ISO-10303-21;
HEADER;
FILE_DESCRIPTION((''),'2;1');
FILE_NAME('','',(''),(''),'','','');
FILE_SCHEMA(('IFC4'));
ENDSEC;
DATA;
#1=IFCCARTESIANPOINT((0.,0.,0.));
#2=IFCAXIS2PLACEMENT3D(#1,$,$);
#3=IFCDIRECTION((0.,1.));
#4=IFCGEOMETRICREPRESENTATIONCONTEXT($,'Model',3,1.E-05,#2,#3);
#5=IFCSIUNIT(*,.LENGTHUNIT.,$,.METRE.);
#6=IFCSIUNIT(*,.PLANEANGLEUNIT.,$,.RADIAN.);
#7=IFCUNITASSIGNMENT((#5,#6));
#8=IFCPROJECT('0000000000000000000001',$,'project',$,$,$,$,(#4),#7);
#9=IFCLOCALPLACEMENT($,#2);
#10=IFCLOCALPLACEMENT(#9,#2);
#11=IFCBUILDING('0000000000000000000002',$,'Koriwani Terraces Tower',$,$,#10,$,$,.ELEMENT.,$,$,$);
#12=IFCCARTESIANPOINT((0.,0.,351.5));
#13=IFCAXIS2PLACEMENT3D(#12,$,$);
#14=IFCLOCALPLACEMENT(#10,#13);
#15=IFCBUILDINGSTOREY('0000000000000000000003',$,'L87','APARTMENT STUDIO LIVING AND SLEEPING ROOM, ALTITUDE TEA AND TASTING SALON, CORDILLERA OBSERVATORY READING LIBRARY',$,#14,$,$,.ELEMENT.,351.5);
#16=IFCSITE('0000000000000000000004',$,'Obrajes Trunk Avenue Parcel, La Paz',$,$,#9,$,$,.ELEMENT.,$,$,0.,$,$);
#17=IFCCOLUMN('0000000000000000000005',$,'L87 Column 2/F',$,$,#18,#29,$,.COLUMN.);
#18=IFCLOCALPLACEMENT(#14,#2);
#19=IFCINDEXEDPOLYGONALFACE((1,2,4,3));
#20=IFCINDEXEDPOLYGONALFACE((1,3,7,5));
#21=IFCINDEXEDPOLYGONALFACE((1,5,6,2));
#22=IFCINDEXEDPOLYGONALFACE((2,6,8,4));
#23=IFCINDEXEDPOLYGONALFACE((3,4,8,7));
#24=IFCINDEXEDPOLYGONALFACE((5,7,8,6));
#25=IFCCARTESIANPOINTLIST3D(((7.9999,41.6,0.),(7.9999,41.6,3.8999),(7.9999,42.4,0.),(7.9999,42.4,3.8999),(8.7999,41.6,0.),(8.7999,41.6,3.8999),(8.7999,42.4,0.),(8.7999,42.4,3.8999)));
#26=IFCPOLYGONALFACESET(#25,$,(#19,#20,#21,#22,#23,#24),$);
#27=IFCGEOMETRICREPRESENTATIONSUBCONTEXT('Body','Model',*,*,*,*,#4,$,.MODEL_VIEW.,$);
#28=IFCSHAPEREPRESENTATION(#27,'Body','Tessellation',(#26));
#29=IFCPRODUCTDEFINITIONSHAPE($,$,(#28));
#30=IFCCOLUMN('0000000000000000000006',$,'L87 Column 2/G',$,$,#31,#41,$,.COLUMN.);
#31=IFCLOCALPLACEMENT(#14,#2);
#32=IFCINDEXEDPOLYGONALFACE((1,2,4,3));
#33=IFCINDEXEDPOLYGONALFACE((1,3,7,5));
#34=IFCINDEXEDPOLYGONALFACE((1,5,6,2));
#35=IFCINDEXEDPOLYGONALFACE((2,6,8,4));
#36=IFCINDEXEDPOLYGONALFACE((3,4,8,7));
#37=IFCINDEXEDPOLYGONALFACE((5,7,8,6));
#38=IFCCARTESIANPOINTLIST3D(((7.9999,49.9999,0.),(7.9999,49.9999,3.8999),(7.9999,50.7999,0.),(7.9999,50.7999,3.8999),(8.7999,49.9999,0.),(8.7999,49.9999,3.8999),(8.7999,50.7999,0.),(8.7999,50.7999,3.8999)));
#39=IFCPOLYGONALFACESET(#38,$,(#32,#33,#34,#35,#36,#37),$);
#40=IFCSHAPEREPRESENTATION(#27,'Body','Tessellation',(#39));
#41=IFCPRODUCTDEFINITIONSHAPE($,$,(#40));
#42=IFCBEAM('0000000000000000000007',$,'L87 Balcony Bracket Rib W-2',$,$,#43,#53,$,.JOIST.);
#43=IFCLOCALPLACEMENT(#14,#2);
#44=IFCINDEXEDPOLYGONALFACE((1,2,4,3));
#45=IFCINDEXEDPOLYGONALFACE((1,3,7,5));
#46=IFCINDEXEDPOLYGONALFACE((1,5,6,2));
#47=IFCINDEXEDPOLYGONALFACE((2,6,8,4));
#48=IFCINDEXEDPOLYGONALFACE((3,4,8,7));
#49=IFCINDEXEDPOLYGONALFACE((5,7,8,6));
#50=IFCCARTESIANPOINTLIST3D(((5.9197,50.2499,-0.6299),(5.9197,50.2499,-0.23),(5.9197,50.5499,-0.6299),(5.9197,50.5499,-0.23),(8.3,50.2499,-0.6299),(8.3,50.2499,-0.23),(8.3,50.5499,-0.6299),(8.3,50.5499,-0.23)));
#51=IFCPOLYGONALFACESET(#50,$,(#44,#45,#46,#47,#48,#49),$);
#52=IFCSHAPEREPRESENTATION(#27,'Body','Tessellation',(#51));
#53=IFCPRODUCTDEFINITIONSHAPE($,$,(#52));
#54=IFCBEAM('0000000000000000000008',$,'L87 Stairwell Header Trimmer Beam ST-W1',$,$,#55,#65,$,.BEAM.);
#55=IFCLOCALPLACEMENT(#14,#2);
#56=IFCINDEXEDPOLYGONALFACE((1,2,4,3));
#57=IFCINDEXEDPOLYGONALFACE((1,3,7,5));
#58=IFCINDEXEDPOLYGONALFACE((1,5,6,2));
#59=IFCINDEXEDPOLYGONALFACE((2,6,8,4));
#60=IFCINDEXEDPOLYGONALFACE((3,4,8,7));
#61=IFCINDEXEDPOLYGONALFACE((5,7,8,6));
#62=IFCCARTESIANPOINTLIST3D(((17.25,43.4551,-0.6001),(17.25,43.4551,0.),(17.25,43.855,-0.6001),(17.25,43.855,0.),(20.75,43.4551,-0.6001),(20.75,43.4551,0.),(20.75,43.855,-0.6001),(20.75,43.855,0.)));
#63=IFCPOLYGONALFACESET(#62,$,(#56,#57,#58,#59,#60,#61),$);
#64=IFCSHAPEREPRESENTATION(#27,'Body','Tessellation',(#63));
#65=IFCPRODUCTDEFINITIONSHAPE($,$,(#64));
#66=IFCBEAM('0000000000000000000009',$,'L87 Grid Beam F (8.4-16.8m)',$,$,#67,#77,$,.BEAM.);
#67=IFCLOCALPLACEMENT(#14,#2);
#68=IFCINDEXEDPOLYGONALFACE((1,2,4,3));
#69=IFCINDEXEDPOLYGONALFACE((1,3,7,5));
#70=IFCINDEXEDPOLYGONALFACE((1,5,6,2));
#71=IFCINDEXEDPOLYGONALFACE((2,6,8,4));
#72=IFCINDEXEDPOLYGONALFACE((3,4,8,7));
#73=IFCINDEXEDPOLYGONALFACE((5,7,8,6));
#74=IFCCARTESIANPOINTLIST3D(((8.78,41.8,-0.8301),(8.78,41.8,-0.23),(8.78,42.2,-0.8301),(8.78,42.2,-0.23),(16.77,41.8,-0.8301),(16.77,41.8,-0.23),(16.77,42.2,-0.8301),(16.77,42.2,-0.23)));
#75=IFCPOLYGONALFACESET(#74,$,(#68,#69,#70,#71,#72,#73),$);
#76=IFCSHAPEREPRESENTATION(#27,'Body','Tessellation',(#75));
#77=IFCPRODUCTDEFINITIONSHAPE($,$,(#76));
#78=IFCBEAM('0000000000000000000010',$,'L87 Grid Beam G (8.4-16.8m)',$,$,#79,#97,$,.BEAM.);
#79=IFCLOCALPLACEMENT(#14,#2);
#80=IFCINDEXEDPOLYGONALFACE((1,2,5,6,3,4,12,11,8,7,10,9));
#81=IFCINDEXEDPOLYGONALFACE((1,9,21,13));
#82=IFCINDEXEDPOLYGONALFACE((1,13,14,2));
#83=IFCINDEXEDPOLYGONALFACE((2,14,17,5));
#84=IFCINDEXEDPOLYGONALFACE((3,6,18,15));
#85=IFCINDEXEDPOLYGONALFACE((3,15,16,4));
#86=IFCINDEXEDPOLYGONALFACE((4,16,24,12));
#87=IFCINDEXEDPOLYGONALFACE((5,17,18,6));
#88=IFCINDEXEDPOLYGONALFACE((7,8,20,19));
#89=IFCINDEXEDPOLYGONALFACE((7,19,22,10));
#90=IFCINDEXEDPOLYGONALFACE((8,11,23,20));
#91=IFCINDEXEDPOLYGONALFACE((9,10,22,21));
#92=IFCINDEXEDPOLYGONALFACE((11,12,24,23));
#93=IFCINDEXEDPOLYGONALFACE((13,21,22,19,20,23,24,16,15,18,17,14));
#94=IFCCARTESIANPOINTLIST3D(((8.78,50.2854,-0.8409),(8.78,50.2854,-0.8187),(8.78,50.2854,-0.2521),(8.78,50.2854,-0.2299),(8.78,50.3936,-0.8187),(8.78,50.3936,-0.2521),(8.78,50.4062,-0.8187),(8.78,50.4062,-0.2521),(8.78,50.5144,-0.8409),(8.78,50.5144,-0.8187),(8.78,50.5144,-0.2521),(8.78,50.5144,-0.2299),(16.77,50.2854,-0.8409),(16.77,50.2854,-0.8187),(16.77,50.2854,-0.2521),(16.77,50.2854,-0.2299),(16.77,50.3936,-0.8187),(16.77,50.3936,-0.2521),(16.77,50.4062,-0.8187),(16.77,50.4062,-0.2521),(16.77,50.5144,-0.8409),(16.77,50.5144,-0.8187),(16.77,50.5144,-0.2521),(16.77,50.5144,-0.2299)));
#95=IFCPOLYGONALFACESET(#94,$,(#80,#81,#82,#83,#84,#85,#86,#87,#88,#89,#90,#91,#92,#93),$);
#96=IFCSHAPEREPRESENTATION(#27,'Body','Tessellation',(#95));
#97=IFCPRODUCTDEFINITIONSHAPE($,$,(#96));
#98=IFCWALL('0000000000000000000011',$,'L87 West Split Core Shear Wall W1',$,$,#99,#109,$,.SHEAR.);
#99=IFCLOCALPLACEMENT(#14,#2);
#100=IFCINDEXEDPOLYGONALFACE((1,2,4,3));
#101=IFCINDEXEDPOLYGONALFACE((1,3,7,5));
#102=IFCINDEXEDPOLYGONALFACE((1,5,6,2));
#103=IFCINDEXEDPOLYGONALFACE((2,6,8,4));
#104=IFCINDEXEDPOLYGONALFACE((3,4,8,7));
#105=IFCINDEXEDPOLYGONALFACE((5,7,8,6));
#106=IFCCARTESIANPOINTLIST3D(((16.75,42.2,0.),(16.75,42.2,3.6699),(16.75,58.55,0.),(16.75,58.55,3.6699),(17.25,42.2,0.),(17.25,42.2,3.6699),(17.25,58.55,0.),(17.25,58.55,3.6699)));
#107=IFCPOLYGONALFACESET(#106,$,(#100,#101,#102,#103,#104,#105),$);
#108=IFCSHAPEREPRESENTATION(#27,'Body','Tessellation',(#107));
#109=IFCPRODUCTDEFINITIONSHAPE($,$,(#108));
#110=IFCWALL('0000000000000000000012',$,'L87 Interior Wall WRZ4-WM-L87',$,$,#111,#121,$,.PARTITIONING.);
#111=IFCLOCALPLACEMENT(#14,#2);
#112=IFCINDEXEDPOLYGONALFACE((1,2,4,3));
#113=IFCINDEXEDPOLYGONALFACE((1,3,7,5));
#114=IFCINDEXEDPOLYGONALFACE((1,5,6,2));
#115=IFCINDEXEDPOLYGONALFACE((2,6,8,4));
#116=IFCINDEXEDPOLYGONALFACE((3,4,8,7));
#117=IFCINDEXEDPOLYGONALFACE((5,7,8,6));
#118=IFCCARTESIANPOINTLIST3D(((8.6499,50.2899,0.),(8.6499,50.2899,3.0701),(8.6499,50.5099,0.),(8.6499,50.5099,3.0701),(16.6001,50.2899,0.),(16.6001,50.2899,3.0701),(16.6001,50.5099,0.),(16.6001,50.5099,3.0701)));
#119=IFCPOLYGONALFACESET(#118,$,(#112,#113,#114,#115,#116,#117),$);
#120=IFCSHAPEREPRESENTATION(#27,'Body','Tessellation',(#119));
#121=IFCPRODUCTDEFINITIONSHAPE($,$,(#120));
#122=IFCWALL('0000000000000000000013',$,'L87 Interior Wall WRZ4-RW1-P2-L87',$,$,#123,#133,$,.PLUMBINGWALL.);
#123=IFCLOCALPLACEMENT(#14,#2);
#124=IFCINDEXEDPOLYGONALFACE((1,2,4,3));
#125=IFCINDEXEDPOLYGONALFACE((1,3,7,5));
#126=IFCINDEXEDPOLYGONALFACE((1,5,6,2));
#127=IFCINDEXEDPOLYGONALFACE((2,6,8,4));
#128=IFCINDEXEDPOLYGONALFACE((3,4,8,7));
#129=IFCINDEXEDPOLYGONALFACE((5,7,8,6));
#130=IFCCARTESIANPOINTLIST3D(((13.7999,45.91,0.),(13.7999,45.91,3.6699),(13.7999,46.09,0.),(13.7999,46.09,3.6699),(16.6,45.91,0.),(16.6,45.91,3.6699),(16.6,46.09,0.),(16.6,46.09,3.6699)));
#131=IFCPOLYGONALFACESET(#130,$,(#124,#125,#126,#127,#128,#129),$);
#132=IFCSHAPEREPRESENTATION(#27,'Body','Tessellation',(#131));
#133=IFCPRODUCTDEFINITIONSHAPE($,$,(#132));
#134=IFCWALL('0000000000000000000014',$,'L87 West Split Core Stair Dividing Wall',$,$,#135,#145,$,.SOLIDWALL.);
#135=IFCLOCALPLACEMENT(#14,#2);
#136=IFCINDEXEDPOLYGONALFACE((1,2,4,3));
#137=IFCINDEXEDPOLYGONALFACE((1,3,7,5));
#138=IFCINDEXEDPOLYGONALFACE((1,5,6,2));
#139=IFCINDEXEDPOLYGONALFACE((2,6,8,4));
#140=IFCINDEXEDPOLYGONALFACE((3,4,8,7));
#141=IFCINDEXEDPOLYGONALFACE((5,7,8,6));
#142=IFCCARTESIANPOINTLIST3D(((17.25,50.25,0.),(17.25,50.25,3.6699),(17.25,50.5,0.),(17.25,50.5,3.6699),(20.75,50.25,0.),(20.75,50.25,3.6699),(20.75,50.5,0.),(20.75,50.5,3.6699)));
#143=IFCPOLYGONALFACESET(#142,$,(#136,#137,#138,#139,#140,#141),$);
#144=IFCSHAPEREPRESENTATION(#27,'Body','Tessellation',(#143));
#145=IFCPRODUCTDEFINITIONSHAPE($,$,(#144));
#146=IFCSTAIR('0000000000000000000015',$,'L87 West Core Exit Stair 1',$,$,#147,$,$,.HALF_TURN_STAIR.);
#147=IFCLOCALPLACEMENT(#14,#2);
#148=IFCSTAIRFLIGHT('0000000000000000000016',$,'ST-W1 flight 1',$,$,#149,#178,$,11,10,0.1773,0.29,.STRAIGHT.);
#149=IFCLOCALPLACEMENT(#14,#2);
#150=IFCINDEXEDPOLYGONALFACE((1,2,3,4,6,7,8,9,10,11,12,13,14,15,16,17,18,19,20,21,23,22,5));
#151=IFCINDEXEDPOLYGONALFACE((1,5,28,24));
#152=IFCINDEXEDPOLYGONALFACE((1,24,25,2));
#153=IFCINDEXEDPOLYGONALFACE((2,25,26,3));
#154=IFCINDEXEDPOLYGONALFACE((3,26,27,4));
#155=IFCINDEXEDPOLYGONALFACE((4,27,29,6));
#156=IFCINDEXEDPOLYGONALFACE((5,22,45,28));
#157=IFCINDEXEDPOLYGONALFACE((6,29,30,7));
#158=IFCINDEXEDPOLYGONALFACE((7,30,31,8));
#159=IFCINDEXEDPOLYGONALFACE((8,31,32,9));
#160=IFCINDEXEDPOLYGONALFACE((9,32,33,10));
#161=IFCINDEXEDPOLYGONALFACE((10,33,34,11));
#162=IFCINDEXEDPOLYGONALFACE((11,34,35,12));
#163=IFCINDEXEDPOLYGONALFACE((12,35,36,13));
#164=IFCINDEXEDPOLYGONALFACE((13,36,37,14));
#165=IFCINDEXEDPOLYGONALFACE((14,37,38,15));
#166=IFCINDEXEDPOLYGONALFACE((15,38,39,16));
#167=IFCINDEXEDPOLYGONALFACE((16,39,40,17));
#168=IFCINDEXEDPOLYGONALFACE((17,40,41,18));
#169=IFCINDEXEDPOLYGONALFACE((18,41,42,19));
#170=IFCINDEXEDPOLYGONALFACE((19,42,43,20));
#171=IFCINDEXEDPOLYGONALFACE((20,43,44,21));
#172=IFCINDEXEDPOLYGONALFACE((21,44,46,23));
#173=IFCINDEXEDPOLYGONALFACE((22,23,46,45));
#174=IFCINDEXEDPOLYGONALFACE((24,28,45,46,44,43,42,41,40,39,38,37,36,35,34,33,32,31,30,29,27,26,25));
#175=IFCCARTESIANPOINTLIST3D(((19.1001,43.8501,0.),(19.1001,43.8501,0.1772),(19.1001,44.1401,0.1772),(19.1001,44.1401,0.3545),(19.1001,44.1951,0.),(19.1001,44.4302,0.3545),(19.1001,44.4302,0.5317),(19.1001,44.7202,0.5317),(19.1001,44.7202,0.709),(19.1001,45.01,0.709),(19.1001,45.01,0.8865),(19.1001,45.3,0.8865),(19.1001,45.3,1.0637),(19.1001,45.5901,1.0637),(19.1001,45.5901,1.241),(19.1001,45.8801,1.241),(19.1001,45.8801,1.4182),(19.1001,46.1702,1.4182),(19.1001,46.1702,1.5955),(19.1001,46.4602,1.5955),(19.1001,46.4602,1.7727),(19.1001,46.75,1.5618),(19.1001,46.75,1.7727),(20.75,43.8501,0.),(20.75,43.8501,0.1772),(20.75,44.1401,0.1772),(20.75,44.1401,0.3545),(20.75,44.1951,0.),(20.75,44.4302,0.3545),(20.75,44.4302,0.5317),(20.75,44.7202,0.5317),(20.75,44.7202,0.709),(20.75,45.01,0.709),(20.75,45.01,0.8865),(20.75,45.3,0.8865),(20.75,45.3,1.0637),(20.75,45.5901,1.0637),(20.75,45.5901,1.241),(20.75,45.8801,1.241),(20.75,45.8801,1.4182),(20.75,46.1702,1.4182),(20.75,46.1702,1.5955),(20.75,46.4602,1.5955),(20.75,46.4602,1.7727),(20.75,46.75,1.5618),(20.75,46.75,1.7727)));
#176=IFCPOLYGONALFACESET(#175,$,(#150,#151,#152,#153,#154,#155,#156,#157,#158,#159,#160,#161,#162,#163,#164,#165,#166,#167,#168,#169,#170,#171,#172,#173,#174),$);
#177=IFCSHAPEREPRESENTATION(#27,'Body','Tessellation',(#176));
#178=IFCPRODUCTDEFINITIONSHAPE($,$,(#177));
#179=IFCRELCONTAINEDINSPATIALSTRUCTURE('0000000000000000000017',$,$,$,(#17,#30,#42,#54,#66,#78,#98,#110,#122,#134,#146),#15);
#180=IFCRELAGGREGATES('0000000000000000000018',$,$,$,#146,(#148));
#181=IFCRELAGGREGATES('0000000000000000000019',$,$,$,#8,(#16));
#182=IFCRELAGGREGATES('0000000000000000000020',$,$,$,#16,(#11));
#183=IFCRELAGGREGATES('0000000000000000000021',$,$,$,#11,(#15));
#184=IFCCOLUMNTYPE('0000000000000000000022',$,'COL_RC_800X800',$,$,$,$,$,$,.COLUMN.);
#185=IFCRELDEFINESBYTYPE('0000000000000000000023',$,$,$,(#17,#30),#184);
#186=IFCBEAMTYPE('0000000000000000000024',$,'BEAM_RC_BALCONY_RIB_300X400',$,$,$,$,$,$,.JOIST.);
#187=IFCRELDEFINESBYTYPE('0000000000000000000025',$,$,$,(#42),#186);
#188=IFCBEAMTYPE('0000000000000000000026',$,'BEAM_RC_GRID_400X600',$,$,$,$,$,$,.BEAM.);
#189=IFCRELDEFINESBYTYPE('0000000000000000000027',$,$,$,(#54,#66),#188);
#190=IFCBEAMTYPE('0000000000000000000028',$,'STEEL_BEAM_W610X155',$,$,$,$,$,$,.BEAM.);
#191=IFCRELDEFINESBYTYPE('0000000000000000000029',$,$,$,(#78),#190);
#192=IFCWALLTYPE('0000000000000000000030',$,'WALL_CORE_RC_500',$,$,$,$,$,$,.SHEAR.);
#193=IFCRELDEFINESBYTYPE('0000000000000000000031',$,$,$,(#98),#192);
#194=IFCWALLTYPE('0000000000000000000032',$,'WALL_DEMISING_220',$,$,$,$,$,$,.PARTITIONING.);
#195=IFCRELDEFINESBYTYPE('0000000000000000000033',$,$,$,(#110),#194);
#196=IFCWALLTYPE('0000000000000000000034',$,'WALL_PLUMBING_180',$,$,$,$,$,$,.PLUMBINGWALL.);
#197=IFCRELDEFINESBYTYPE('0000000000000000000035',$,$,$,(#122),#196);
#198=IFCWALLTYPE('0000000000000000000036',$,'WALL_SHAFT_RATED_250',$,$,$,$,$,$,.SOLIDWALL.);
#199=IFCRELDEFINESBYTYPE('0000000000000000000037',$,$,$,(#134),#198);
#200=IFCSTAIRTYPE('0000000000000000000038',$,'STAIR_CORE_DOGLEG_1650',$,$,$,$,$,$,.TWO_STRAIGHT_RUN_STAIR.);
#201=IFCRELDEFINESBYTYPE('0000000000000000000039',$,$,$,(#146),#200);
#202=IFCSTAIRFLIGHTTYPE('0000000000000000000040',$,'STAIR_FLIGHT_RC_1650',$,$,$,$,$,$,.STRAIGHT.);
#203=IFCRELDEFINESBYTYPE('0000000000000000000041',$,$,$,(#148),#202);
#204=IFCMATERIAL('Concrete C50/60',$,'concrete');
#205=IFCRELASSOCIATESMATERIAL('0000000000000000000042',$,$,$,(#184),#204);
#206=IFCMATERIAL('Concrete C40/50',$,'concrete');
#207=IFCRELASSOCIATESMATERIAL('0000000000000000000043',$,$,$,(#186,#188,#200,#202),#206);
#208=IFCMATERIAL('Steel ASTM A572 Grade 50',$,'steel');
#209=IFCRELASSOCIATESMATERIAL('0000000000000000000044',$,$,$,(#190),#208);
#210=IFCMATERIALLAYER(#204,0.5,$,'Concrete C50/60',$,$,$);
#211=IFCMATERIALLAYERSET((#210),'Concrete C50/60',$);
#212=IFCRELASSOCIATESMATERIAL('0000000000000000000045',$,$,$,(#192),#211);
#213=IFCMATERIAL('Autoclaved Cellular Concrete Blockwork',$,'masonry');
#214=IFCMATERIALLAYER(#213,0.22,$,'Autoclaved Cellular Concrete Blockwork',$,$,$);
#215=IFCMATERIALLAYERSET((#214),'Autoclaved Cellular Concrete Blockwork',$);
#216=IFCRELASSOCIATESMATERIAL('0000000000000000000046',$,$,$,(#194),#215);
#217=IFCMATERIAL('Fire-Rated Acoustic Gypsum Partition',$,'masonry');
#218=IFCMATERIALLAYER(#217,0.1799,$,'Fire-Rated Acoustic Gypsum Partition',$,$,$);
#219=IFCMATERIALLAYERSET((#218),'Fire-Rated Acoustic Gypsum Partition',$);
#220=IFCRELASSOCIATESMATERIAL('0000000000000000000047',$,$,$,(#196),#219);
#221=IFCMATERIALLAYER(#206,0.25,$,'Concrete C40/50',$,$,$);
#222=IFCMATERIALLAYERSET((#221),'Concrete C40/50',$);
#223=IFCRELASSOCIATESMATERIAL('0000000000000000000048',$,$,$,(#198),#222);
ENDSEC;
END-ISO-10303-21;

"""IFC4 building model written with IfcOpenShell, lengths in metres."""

from ifc_helpers import new_model, si_unit, direction, frame, frame_2d, origin, origin_2d, place, context, subcontext, project, spatial, polyline, rectangle, i_section, outline, extrude, material, layer, layer_set, material_profile, profile_set, type_object, element, aggregate, save


model = new_model("IFC4")

# Units and contexts
model_context = context("Model", 3, precision=1e-05, world=origin(), true_north=direction((0.0, 1.0)))
body_context = subcontext(model_context, "Body", "Model", "MODEL_VIEW")
ifc_project = project(units=[si_unit("LENGTHUNIT", "METRE"), si_unit("PLANEANGLEUNIT", "RADIAN")], contexts=[model_context])

# Site, building, storey
site_placement = place(None, origin())
site = spatial("IfcSite", under=ifc_project, at=site_placement, Name="Obrajes Trunk Avenue Parcel, La Paz", CompositionType="ELEMENT", RefElevation=0.0)
building_placement = place(site_placement, origin())
building = spatial("IfcBuilding", under=site, at=building_placement, Name="Koriwani Terraces Tower", CompositionType="ELEMENT")
storey_placement = place(building_placement, frame((0.0, 0.0, 351.5)))
storey = spatial("IfcBuildingStorey", under=building, at=storey_placement, Name="L87", Description="APARTMENT STUDIO LIVING AND SLEEPING ROOM, ALTITUDE TEA AND TASTING SALON, CORDILLERA OBSERVATORY READING LIBRARY", CompositionType="ELEMENT", Elevation=351.5)

# Columns
ifc_material_1 = material(Name="Concrete C50/60", Category="concrete")
ifc_material_profile_1 = material_profile(ifc_material_1, rectangle(XDim=0.8, YDim=0.8, at=origin_2d()), Name="Concrete C50/60", Category="LoadBearing")
ifc_profile_set_1 = profile_set([ifc_material_profile_1], Name="Concrete C50/60")
column_type = type_object("IfcColumnType", Name="COL_RC_800X800", PredefinedType="COLUMN", material=ifc_profile_set_1)
for number, where, z_axis, x_axis, name in (
    (1, (8.3999, 42.0, 0.0), (0.0, 0.0, 1.0), (1.0, 0.0, 0.0), "L87 Column 2/F"),
    (2, (8.3999, 50.3999, 0.0), (0.0, 0.0, 1.0), (1.0, 0.0, 0.0), "L87 Column 2/G"),
):
    element("IfcColumn", number, at=place(storey_placement, frame(where, z_axis=z_axis, x_axis=x_axis)), inside=storey, type_object=column_type, Name=name, PredefinedType="COLUMN", context=body_context, shape_type="SweptSolid", body=[
        extrude(rectangle(XDim=0.8, YDim=0.8, at=origin_2d()), origin(), (0.0, 0.0, 1.0), 3.8999),
    ])

# Beams
ifc_material_2 = material(Name="Concrete C40/50", Category="concrete")
ifc_material_profile_2 = material_profile(ifc_material_2, rectangle(XDim=0.3, YDim=0.3999, at=origin_2d()), Name="Concrete C40/50", Category="LoadBearing")
ifc_profile_set_2 = profile_set([ifc_material_profile_2], Name="Concrete C40/50")
beam_type_1 = type_object("IfcBeamType", Name="BEAM_RC_BALCONY_RIB_300X400", PredefinedType="JOIST", material=ifc_profile_set_2)
beam_1_placement = place(storey_placement, frame((5.9197, 50.3999, -0.4299), z_axis=(1.0, 0.0, 0.0), x_axis=(0.0, 1.0, 0.0)))
element("IfcBeam", 3, at=beam_1_placement, inside=storey, type_object=beam_type_1, Name="L87 Balcony Bracket Rib W-2", PredefinedType="JOIST", context=body_context, shape_type="SweptSolid", body=[
    extrude(rectangle(XDim=0.3, YDim=0.3999, at=origin_2d()), origin(), (0.0, 0.0, 1.0), 2.3804),
])
ifc_material_profile_3 = material_profile(ifc_material_2, rectangle(XDim=0.3999, YDim=0.6001, at=origin_2d()), Name="Concrete C40/50", Category="LoadBearing")
ifc_profile_set_3 = profile_set([ifc_material_profile_3], Name="Concrete C40/50")
beam_type_2 = type_object("IfcBeamType", Name="BEAM_RC_GRID_400X600", PredefinedType="BEAM", material=ifc_profile_set_3)
beam_2_placement = place(storey_placement, frame((17.25, 43.655, -0.3), z_axis=(1.0, 0.0, 0.0), x_axis=(0.0, 1.0, 0.0)))
element("IfcBeam", 4, at=beam_2_placement, inside=storey, type_object=beam_type_2, Name="L87 Stairwell Header Trimmer Beam ST-W1", PredefinedType="BEAM", context=body_context, shape_type="SweptSolid", body=[
    extrude(rectangle(XDim=0.3999, YDim=0.6001, at=origin_2d()), origin(), (0.0, 0.0, 1.0), 3.5),
])
beam_3_placement = place(storey_placement, frame((8.78, 42.0, -0.53), z_axis=(1.0, 0.0, 0.0), x_axis=(0.0, 1.0, 0.0)))
element("IfcBeam", 5, at=beam_3_placement, inside=storey, type_object=beam_type_2, Name="L87 Grid Beam F (8.4-16.8m)", PredefinedType="BEAM", context=body_context, shape_type="SweptSolid", body=[
    extrude(rectangle(XDim=0.3999, YDim=0.6001, at=origin_2d()), origin(), (0.0, 0.0, 1.0), 7.99),
])
ifc_material_3 = material(Name="Steel ASTM A572 Grade 50", Category="steel")
ifc_material_profile_4 = material_profile(ifc_material_3, i_section(OverallWidth=0.229, OverallDepth=0.6111, WebThickness=0.0127, FlangeThickness=0.0222, at=origin_2d()), Name="Steel ASTM A572 Grade 50", Category="LoadBearing")
ifc_profile_set_4 = profile_set([ifc_material_profile_4], Name="Steel ASTM A572 Grade 50")
beam_type_3 = type_object("IfcBeamType", Name="STEEL_BEAM_W610X155", PredefinedType="BEAM", material=ifc_profile_set_4)
beam_4_placement = place(storey_placement, frame((8.78, 50.3999, -0.5354), z_axis=(1.0, 0.0, 0.0), x_axis=(0.0, 1.0, 0.0)))
element("IfcBeam", 6, at=beam_4_placement, inside=storey, type_object=beam_type_3, Name="L87 Grid Beam G (8.4-16.8m)", PredefinedType="BEAM", context=body_context, shape_type="SweptSolid", body=[
    extrude(i_section(OverallWidth=0.229, OverallDepth=0.6111, WebThickness=0.0127, FlangeThickness=0.0222, at=origin_2d()), origin(), (0.0, 0.0, 1.0), 7.99),
])

# Walls
ifc_layer_1 = layer(ifc_material_1, 0.5, Name="Concrete C50/60")
ifc_layer_set_1 = layer_set([ifc_layer_1], Name="Concrete C50/60")
wall_type_1 = type_object("IfcWallType", Name="WALL_CORE_RC_500", PredefinedType="SHEAR", material=ifc_layer_set_1)
wall_1_placement = place(storey_placement, frame((17.0, 42.2, 0.0), z_axis=(0.0, 0.0, 1.0), x_axis=(0.0, 1.0, 0.0)))
element("IfcWall", 7, at=wall_1_placement, inside=storey, type_object=wall_type_1, Name="L87 West Split Core Shear Wall W1", PredefinedType="SHEAR", context=body_context, shape_type="SweptSolid", body=[
    extrude(rectangle(XDim=16.3501, YDim=0.5, at=frame_2d((8.175, 0.0))), origin(), (0.0, 0.0, 1.0), 3.6699),
])
ifc_material_4 = material(Name="Autoclaved Cellular Concrete Blockwork", Category="masonry")
ifc_layer_2 = layer(ifc_material_4, 0.22, Name="Autoclaved Cellular Concrete Blockwork")
ifc_layer_set_2 = layer_set([ifc_layer_2], Name="Autoclaved Cellular Concrete Blockwork")
wall_type_2 = type_object("IfcWallType", Name="WALL_DEMISING_220", PredefinedType="PARTITIONING", material=ifc_layer_set_2)
wall_2_placement = place(storey_placement, frame((8.6499, 50.3999, 0.0), z_axis=(0.0, 0.0, 1.0), x_axis=(1.0, 0.0, 0.0)))
element("IfcWall", 8, at=wall_2_placement, inside=storey, type_object=wall_type_2, Name="L87 Interior Wall WRZ4-WM-L87", PredefinedType="PARTITIONING", context=body_context, shape_type="SweptSolid", body=[
    extrude(rectangle(XDim=7.9502, YDim=0.22, at=frame_2d((3.9751, 0.0))), origin(), (0.0, 0.0, 1.0), 3.0701),
])
ifc_material_5 = material(Name="Fire-Rated Acoustic Gypsum Partition", Category="masonry")
ifc_layer_3 = layer(ifc_material_5, 0.1799, Name="Fire-Rated Acoustic Gypsum Partition")
ifc_layer_set_3 = layer_set([ifc_layer_3], Name="Fire-Rated Acoustic Gypsum Partition")
wall_type_3 = type_object("IfcWallType", Name="WALL_PLUMBING_180", PredefinedType="PLUMBINGWALL", material=ifc_layer_set_3)
wall_3_placement = place(storey_placement, frame((13.8, 46.0, 0.0), z_axis=(0.0, 0.0, 1.0), x_axis=(1.0, 0.0, 0.0)))
element("IfcWall", 9, at=wall_3_placement, inside=storey, type_object=wall_type_3, Name="L87 Interior Wall WRZ4-RW1-P2-L87", PredefinedType="PLUMBINGWALL", context=body_context, shape_type="SweptSolid", body=[
    extrude(rectangle(XDim=2.8, YDim=0.1799, at=frame_2d((1.3999, 0.0))), origin(), (0.0, 0.0, 1.0), 3.6699),
])
ifc_layer_4 = layer(ifc_material_2, 0.25, Name="Concrete C40/50")
ifc_layer_set_4 = layer_set([ifc_layer_4], Name="Concrete C40/50")
wall_type_4 = type_object("IfcWallType", Name="WALL_SHAFT_RATED_250", PredefinedType="SOLIDWALL", material=ifc_layer_set_4)
wall_4_placement = place(storey_placement, frame((17.25, 50.375, 0.0), z_axis=(0.0, 0.0, 1.0), x_axis=(1.0, 0.0, 0.0)))
element("IfcWall", 10, at=wall_4_placement, inside=storey, type_object=wall_type_4, Name="L87 West Split Core Stair Dividing Wall", PredefinedType="SOLIDWALL", context=body_context, shape_type="SweptSolid", body=[
    extrude(rectangle(XDim=3.5, YDim=0.25, at=frame_2d((1.75, 0.0))), origin(), (0.0, 0.0, 1.0), 3.6699),
])

# Stair, stair flight
stair_type = type_object("IfcStairType", Name="STAIR_CORE_DOGLEG_1650", PredefinedType="TWO_STRAIGHT_RUN_STAIR", material=ifc_material_2)
stair_placement = place(storey_placement, origin())
stair = element("IfcStair", 11, at=stair_placement, inside=storey, type_object=stair_type, Name="L87 West Core Exit Stair 1", PredefinedType="HALF_TURN_STAIR")
stair_flight_type = type_object("IfcStairFlightType", Name="STAIR_FLIGHT_RC_1650", PredefinedType="STRAIGHT", material=ifc_material_2)
stair_flight_1_placement = place(storey_placement, frame((19.925, 43.8501, 0.0), z_axis=(0.0, 0.0, 1.0), x_axis=(0.0, 1.0, 0.0)))
stair_flight_1 = element("IfcStairFlight", 12, at=stair_flight_1_placement, type_object=stair_flight_type, Name="ST-W1 flight 1", NumberOfRisers=11, NumberOfTreads=10, PredefinedType="STRAIGHT", RiserHeight=0.1773, TreadLength=0.29, context=body_context, shape_type="SweptSolid", body=[
    extrude(outline(polyline([(0.0, 0.0), (0.0, 0.1772), (0.29, 0.1772), (0.29, 0.3545), (0.5801, 0.3545), (0.5801, 0.5317), (0.8701, 0.5317), (0.8701, 0.709), (1.1599, 0.709), (1.1599, 0.8865), (1.45, 0.8865), (1.45, 1.0637), (1.74, 1.0637), (1.74, 1.241), (2.03, 1.241), (2.03, 1.4182), (2.3201, 1.4182), (2.3201, 1.5955), (2.6101, 1.5955), (2.6101, 1.7727), (2.8999, 1.7727), (2.8999, 1.95), (2.8999, 1.5618), (0.345, 0.0), (0.0, 0.0)])), frame((0.0, 0.825, 0.0), z_axis=(0.0, -1.0, 0.0), x_axis=(1.0, 0.0, 0.0)), (0.0, 0.0, 1.0), 1.6499),
])
aggregate(stair, [stair_flight_1])

save(model, "model.ifc")
